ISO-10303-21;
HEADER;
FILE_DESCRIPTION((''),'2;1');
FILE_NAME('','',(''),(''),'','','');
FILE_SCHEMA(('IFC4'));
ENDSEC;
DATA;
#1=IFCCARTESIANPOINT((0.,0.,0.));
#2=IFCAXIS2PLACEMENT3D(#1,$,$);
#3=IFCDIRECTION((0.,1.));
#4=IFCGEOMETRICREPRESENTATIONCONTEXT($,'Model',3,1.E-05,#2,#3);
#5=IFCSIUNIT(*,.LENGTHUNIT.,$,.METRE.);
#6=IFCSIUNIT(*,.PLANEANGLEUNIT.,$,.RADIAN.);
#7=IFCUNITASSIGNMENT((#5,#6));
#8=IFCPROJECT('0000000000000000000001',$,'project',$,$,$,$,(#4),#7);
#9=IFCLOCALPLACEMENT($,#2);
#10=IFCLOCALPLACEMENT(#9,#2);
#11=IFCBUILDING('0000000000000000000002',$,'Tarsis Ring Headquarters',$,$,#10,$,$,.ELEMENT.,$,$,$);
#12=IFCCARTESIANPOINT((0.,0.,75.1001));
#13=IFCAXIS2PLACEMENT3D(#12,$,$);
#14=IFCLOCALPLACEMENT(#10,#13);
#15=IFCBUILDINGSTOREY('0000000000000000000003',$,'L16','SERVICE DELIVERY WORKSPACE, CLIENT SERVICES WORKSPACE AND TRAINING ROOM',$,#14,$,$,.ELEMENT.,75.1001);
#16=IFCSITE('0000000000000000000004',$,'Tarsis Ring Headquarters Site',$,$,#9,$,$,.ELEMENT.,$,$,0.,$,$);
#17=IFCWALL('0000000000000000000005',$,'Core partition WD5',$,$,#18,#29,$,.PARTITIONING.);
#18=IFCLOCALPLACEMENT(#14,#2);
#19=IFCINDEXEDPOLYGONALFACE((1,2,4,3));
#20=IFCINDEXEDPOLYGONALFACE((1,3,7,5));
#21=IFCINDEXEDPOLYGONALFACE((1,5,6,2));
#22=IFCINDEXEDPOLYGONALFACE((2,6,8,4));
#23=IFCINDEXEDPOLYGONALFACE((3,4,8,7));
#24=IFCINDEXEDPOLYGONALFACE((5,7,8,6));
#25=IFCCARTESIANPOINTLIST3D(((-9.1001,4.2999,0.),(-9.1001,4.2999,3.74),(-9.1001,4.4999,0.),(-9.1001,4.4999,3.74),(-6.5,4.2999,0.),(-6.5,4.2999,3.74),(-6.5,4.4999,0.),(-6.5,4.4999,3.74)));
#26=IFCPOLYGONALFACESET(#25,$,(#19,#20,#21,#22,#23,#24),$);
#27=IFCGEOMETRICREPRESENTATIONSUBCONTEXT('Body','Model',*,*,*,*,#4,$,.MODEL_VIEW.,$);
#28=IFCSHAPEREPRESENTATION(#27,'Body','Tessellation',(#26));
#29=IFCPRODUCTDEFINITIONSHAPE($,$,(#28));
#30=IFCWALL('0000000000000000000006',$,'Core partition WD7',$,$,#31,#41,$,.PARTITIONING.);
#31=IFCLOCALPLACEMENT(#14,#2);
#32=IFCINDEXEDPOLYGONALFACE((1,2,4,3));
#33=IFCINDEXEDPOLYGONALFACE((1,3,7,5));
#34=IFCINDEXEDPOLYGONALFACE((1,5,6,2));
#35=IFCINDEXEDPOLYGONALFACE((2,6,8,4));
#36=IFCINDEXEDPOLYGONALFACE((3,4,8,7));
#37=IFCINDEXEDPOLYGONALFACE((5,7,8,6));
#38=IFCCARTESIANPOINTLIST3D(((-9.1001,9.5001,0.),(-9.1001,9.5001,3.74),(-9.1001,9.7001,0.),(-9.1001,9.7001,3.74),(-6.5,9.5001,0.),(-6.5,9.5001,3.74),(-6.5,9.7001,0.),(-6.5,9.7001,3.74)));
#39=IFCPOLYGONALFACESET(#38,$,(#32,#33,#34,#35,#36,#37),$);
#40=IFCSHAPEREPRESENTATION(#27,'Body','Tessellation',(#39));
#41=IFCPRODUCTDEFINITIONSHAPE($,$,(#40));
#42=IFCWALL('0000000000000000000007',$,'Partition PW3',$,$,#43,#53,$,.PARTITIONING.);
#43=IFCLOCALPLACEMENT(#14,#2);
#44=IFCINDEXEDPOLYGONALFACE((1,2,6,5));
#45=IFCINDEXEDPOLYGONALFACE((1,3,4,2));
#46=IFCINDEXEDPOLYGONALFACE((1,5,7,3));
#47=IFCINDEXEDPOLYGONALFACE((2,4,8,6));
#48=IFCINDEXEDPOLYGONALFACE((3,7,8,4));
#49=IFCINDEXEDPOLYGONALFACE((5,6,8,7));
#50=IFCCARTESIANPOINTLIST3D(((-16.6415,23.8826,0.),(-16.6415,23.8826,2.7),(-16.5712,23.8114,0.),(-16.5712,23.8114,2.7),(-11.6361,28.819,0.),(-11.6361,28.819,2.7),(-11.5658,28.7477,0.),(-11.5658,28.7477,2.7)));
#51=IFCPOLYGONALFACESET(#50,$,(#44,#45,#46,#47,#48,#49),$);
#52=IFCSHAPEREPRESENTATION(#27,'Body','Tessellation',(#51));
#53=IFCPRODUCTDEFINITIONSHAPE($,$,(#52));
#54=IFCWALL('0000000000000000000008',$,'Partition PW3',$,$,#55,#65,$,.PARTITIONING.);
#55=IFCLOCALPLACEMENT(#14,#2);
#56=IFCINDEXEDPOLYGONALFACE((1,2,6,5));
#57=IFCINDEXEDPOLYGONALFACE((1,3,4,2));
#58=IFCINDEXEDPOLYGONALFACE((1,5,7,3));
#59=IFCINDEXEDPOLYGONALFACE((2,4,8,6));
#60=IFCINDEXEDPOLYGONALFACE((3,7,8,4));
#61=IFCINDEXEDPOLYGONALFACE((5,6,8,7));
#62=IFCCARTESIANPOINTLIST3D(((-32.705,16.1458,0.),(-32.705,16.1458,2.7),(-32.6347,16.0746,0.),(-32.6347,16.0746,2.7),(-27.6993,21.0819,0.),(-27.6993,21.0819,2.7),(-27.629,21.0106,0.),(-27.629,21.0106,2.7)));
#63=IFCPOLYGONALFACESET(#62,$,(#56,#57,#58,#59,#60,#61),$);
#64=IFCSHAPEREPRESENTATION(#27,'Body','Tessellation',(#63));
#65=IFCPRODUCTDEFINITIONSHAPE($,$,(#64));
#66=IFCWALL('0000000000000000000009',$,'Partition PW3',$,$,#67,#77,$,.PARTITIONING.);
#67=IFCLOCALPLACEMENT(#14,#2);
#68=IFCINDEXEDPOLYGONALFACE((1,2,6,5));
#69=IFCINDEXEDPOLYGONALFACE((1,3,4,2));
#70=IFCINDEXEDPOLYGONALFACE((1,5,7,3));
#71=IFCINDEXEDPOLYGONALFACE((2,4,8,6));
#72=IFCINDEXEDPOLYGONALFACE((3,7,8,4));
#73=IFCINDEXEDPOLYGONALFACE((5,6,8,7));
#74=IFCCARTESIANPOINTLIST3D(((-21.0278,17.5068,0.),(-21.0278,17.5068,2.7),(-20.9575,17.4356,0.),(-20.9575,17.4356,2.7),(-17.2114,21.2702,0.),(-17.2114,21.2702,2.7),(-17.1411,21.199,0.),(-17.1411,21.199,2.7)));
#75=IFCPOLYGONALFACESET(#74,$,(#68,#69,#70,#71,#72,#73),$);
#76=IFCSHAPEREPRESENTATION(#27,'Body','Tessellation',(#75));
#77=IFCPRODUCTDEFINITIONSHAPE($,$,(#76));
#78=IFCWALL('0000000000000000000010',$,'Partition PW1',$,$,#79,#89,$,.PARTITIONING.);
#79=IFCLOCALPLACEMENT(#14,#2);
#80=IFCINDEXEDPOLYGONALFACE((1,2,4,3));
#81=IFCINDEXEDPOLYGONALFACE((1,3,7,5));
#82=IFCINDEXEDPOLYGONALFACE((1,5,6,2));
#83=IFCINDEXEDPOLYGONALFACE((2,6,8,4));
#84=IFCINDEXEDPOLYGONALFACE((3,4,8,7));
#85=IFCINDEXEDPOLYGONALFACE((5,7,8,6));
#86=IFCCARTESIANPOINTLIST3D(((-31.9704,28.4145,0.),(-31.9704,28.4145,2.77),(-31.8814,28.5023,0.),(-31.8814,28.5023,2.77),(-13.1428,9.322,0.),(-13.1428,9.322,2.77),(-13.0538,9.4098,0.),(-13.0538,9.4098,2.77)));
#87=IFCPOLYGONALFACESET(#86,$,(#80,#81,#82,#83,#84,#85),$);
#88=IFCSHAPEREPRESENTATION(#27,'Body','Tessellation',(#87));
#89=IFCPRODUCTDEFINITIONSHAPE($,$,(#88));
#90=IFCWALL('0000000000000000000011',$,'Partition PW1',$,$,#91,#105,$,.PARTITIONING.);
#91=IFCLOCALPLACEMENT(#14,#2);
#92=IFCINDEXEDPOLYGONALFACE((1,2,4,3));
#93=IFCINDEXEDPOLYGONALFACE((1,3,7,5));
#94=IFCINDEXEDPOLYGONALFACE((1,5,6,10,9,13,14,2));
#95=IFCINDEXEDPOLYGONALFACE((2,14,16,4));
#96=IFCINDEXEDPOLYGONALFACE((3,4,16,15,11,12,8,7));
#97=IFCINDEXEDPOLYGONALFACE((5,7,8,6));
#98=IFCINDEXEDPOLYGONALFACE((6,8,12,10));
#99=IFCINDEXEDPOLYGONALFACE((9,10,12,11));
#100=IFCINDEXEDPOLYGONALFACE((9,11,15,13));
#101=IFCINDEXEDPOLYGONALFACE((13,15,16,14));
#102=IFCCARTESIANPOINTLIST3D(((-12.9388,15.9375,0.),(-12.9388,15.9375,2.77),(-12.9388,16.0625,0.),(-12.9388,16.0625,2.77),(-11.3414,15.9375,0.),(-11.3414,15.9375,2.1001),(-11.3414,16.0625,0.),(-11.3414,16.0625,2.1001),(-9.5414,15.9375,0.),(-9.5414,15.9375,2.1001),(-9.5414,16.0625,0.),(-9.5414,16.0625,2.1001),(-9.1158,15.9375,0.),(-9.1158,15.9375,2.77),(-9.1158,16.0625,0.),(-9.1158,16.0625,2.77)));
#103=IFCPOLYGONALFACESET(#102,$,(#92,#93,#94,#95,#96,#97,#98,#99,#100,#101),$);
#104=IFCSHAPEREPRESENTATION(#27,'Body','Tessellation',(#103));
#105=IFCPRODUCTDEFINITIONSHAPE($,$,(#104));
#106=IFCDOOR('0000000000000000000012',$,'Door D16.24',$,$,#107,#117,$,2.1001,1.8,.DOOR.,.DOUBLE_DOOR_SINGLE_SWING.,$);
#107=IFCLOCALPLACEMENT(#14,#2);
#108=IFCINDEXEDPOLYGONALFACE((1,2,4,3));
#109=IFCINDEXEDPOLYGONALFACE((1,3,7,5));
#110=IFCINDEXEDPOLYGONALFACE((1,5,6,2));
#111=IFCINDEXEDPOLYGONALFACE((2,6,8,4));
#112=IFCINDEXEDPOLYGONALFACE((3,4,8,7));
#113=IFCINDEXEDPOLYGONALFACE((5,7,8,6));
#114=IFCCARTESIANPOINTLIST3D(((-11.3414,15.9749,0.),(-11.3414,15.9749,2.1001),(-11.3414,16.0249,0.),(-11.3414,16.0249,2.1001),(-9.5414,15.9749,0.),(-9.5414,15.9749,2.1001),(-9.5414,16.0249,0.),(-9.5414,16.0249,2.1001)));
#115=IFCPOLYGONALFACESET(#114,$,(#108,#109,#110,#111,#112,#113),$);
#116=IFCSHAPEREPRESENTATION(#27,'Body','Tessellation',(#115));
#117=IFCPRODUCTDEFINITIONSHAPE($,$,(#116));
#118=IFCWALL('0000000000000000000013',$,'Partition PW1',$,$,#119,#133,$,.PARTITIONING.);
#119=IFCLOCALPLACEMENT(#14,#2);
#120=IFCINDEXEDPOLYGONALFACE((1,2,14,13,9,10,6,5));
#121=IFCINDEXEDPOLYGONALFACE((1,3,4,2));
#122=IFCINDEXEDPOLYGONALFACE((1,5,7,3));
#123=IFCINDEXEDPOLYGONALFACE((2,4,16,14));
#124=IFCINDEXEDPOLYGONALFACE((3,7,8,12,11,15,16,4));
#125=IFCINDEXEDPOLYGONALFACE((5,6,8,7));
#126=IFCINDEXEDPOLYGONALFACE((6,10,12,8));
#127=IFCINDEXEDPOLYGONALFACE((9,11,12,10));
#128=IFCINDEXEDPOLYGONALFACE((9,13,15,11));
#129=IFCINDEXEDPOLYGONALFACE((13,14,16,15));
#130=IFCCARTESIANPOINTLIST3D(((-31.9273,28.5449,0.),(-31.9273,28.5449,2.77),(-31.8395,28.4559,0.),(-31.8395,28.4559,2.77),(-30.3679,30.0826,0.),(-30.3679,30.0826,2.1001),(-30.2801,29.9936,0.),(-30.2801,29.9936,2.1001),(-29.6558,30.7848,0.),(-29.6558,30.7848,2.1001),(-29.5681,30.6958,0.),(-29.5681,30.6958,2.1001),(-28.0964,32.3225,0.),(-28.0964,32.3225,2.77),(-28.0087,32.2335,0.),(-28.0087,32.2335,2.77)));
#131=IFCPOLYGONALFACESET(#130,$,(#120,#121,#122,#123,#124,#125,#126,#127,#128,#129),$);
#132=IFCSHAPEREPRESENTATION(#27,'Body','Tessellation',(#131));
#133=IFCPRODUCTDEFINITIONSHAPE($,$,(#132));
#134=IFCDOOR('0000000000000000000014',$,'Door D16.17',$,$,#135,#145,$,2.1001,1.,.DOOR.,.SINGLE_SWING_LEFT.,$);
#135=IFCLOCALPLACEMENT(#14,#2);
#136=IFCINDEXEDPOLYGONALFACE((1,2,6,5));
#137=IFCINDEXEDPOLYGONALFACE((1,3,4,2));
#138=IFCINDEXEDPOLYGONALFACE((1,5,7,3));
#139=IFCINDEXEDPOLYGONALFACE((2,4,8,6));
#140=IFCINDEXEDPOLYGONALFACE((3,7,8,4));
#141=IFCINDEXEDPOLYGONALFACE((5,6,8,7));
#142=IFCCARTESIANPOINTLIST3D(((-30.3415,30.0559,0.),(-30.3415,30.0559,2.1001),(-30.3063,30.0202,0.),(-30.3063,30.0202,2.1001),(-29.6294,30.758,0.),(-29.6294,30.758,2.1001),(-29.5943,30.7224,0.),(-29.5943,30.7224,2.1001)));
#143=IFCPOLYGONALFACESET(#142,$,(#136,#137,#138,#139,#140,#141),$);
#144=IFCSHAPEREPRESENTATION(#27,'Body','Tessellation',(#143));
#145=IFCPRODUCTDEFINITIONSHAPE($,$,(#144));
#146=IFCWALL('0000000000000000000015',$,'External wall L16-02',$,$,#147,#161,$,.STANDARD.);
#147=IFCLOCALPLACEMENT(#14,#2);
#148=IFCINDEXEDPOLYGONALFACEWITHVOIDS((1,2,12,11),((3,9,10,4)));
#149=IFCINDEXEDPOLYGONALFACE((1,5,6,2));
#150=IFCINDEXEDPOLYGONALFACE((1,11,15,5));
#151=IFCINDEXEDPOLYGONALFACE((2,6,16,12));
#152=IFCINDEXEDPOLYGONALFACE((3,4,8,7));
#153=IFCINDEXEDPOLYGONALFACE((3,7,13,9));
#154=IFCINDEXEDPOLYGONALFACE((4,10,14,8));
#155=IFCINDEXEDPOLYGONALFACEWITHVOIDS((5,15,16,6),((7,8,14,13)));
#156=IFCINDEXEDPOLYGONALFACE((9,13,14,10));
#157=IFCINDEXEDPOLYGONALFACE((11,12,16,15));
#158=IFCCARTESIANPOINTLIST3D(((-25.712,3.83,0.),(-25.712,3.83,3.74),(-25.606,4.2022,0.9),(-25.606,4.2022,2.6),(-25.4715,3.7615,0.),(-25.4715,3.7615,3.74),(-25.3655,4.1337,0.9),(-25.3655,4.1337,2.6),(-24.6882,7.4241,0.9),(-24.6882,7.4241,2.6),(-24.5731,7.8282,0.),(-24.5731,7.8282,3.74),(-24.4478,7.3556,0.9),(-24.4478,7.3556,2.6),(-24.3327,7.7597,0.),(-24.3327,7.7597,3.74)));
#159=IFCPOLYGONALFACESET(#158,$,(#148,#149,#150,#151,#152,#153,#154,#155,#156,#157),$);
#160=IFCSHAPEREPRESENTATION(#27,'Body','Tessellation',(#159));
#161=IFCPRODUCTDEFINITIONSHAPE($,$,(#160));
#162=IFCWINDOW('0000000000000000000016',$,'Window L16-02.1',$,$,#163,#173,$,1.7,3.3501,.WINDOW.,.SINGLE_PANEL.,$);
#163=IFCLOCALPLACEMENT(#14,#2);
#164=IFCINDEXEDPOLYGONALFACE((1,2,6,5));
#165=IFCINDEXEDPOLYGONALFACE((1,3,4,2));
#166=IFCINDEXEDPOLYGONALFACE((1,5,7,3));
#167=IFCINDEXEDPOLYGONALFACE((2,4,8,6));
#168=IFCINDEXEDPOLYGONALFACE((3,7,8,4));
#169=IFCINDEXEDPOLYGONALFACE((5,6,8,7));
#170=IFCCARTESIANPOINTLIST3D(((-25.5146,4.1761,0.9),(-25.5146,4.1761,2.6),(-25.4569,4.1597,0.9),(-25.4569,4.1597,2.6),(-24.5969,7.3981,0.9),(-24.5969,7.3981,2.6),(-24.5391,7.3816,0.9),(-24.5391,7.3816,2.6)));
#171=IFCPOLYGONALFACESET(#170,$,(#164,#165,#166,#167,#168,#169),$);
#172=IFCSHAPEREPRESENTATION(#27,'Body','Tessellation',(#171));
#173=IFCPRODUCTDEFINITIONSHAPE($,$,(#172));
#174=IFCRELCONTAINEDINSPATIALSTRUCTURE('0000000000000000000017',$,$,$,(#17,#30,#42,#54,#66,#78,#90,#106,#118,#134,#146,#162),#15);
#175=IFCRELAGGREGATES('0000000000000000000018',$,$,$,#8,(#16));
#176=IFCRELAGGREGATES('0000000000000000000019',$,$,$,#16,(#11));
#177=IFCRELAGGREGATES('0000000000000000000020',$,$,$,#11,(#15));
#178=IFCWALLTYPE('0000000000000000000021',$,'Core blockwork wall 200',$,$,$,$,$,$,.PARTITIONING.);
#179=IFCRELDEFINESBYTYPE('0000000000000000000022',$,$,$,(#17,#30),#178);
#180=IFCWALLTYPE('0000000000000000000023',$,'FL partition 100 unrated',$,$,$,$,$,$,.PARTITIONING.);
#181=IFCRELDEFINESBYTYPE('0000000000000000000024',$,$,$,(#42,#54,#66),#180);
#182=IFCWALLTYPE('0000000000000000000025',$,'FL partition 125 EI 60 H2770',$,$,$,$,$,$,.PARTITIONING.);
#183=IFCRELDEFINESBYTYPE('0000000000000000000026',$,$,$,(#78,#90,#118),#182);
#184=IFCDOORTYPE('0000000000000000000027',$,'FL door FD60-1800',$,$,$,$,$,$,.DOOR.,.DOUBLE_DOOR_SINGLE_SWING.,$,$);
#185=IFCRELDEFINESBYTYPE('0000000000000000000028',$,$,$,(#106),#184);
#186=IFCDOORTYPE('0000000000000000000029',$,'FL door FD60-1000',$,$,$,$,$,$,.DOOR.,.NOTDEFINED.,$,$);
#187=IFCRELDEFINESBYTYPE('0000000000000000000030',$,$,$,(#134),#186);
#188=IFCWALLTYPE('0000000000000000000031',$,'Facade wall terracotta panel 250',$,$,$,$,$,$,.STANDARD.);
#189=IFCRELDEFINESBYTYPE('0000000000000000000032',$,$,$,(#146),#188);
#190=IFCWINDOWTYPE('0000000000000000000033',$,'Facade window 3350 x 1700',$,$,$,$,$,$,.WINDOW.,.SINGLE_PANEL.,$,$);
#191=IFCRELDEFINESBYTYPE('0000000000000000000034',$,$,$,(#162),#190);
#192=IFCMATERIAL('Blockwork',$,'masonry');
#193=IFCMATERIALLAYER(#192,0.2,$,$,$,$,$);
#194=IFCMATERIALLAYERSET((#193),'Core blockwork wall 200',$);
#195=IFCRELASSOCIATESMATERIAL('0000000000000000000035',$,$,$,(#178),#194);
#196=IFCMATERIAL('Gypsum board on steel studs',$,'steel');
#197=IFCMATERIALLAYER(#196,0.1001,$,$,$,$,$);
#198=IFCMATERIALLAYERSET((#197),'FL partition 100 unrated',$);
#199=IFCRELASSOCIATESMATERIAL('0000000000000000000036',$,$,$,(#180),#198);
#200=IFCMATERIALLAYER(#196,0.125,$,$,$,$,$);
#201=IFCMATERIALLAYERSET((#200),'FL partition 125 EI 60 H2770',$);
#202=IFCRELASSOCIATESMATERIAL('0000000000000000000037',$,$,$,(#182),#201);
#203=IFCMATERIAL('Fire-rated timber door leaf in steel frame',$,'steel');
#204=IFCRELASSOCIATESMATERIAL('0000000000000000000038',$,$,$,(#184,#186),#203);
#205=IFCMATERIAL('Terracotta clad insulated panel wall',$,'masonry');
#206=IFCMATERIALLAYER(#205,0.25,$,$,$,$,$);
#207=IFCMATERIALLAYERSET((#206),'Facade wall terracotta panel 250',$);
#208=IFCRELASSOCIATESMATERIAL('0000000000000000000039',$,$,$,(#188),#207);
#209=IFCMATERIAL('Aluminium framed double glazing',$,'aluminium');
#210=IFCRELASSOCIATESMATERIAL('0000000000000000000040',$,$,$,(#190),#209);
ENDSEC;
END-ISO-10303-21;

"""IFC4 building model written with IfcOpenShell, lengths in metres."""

from ifc_helpers import new_model, si_unit, direction, frame, frame_2d, origin, place, context, subcontext, project, spatial, rectangle, extrude, material, layer, layer_set, type_object, element, fill, save


model = new_model("IFC4")

# Units and contexts
model_context = context("Model", 3, precision=1e-05, world=origin(), true_north=direction((0.0, 1.0)))
body_context = subcontext(model_context, "Body", "Model", "MODEL_VIEW")
ifc_project = project(units=[si_unit("LENGTHUNIT", "METRE"), si_unit("PLANEANGLEUNIT", "RADIAN")], contexts=[model_context])

# Site, building, storey
site_placement = place(None, origin())
site = spatial("IfcSite", under=ifc_project, at=site_placement, Name="Tarsis Ring Headquarters Site", CompositionType="ELEMENT", RefElevation=0.0)
building_placement = place(site_placement, origin())
building = spatial("IfcBuilding", under=site, at=building_placement, Name="Tarsis Ring Headquarters", CompositionType="ELEMENT")
storey_placement = place(building_placement, frame((0.0, 0.0, 75.1001)))
storey = spatial("IfcBuildingStorey", under=building, at=storey_placement, Name="L16", Description="SERVICE DELIVERY WORKSPACE, CLIENT SERVICES WORKSPACE AND TRAINING ROOM", CompositionType="ELEMENT", Elevation=75.1001)

# Walls
ifc_material_1 = material(Name="Blockwork", Category="masonry")
ifc_layer_1 = layer(ifc_material_1, 0.2)
ifc_layer_set_1 = layer_set([ifc_layer_1], Name="Core blockwork wall 200")
wall_type_1 = type_object("IfcWallType", Name="Core blockwork wall 200", PredefinedType="PARTITIONING", material=ifc_layer_set_1)
for number, where, z_axis, x_axis, name in (
    (1, (-9.1001, 4.3999, 0.0), (0.0, 0.0, 1.0), (1.0, 0.0, 0.0), "Core partition WD5"),
    (2, (-9.1001, 9.6001, 0.0), (0.0, 0.0, 1.0), (1.0, 0.0, 0.0), "Core partition WD7"),
):
    element("IfcWall", number, at=place(storey_placement, frame(where, z_axis=z_axis, x_axis=x_axis)), inside=storey, type_object=wall_type_1, Name=name, PredefinedType="PARTITIONING", context=body_context, shape_type="SweptSolid", body=[
        extrude(rectangle(XDim=2.6001, YDim=0.2, at=frame_2d((1.3, 0.0))), origin(), (0.0, 0.0, 1.0), 3.74),
    ])
ifc_material_2 = material(Name="Gypsum board on steel studs", Category="steel")
ifc_layer_2 = layer(ifc_material_2, 0.1001)
ifc_layer_set_2 = layer_set([ifc_layer_2], Name="FL partition 100 unrated")
wall_type_2 = type_object("IfcWallType", Name="FL partition 100 unrated", PredefinedType="PARTITIONING", material=ifc_layer_set_2)
for number, where, z_axis, x_axis, name in (
    (3, (-16.6064, 23.8469, 0.0), (0.0, 0.0, 1.0), (0.712004, 0.702176, 0.0), "Partition PW3"),
    (4, (-32.6699, 16.1101, 0.0), (0.0, 0.0, 1.0), (0.712038, 0.702141, 0.0), "Partition PW3"),
):
    element("IfcWall", number, at=place(storey_placement, frame(where, z_axis=z_axis, x_axis=x_axis)), inside=storey, type_object=wall_type_2, Name=name, PredefinedType="PARTITIONING", context=body_context, shape_type="SweptSolid", body=[
        extrude(rectangle(XDim=7.03, YDim=0.1001, at=frame_2d((3.5151, 0.0))), origin(), (0.0, 0.0, 1.0), 2.7),
    ])
wall_1_placement = place(storey_placement, frame((-20.9927, 17.4712, 0.0), z_axis=(0.0, 0.0, 1.0), x_axis=(0.712032, 0.702147, 0.0)))
element("IfcWall", 5, at=wall_1_placement, inside=storey, type_object=wall_type_2, Name="Partition PW3", PredefinedType="PARTITIONING", context=body_context, shape_type="SweptSolid", body=[
    extrude(rectangle(XDim=5.3599, YDim=0.1001, at=frame_2d((2.6799, 0.0))), origin(), (0.0, 0.0, 1.0), 2.7),
])
ifc_layer_3 = layer(ifc_material_2, 0.125)
ifc_layer_set_3 = layer_set([ifc_layer_3], Name="FL partition 125 EI 60 H2770")
wall_type_3 = type_object("IfcWallType", Name="FL partition 125 EI 60 H2770", PredefinedType="PARTITIONING", material=ifc_layer_set_3)
wall_2_placement = place(storey_placement, frame((-31.926, 28.4585, 0.0), z_axis=(0.0, 0.0, 1.0), x_axis=(0.70215, -0.712029, 0.0)))
element("IfcWall", 6, at=wall_2_placement, inside=storey, type_object=wall_type_3, Name="Partition PW1", PredefinedType="PARTITIONING", context=body_context, shape_type="SweptSolid", body=[
    extrude(rectangle(XDim=26.8142, YDim=0.125, at=frame_2d((13.4072, 0.0))), origin(), (0.0, 0.0, 1.0), 2.77),
])

# Walls, openings, doors
wall_3_placement = place(storey_placement, frame((-12.939, 16.0, 0.0), z_axis=(0.0, 0.0, 1.0), x_axis=(1.0, 0.0, 0.0)))
wall_3 = element("IfcWall", 7, at=wall_3_placement, inside=storey, type_object=wall_type_3, Name="Partition PW1", PredefinedType="PARTITIONING", context=body_context, shape_type="SweptSolid", body=[
    extrude(rectangle(XDim=3.823, YDim=0.125, at=frame_2d((1.9116, 0.0))), origin(), (0.0, 0.0, 1.0), 2.77),
])
opening_1_placement = place(wall_3_placement, frame((1.5977, 0.0, 0.0)))
opening_1 = element("IfcOpeningElement", 8, at=opening_1_placement, cuts=wall_3, PredefinedType="OPENING", context=body_context, shape_type="SweptSolid", body=[
    extrude(rectangle(XDim=1.8, YDim=2.1001, at=frame_2d((0.8999, 1.05))), frame((0.0, 0.0725, 0.0), z_axis=(0.0, -1.0, 0.0), x_axis=(1.0, 0.0, 0.0)), (0.0, 0.0, 1.0), 0.145),
])
ifc_material_3 = material(Name="Fire-rated timber door leaf in steel frame", Category="steel")
door_type_1 = type_object("IfcDoorType", Name="FL door FD60-1800", OperationType="DOUBLE_DOOR_SINGLE_SWING", PredefinedType="DOOR", material=ifc_material_3)
door_1_placement = place(opening_1_placement, origin())
door_1 = element("IfcDoor", 9, at=door_1_placement, inside=storey, type_object=door_type_1, Name="Door D16.24", OperationType="DOUBLE_DOOR_SINGLE_SWING", OverallHeight=2.1001, OverallWidth=1.8, PredefinedType="DOOR", context=body_context, shape_type="SweptSolid", body=[
    extrude(rectangle(XDim=1.8, YDim=2.1001, at=frame_2d((0.8999, 1.05))), frame((0.0, 0.0249, 0.0), z_axis=(0.0, -1.0, 0.0), x_axis=(1.0, 0.0, 0.0)), (0.0, 0.0, 1.0), 0.05),
])
fill(opening_1, door_1)
wall_4_placement = place(storey_placement, frame((-31.8833, 28.5005, 0.0), z_axis=(0.0, 0.0, 1.0), x_axis=(0.712036, 0.702143, 0.0)))
wall_4 = element("IfcWall", 10, at=wall_4_placement, inside=storey, type_object=wall_type_3, Name="Partition PW1", PredefinedType="PARTITIONING", context=body_context, shape_type="SweptSolid", body=[
    extrude(rectangle(XDim=5.3801, YDim=0.125, at=frame_2d((2.6899, 0.0))), origin(), (0.0, 0.0, 1.0), 2.77),
])
opening_2_placement = place(wall_4_placement, frame((2.1899, 0.0, 0.0)))
opening_2 = element("IfcOpeningElement", 11, at=opening_2_placement, cuts=wall_4, PredefinedType="OPENING", context=body_context, shape_type="SweptSolid", body=[
    extrude(rectangle(XDim=1.0, YDim=2.1001, at=frame_2d((0.5, 1.05))), frame((0.0, 0.0725, 0.0), z_axis=(0.0, -1.0, 0.0), x_axis=(1.0, 0.0, 0.0)), (0.0, 0.0, 1.0), 0.145),
])
door_type_2 = type_object("IfcDoorType", Name="FL door FD60-1000", OperationType="NOTDEFINED", PredefinedType="DOOR", material=ifc_material_3)
door_2_placement = place(opening_2_placement, origin())
door_2 = element("IfcDoor", 12, at=door_2_placement, inside=storey, type_object=door_type_2, Name="Door D16.17", OperationType="SINGLE_SWING_LEFT", OverallHeight=2.1001, OverallWidth=1.0, PredefinedType="DOOR", context=body_context, shape_type="SweptSolid", body=[
    extrude(rectangle(XDim=1.0, YDim=2.1001, at=frame_2d((0.5, 1.05))), frame((0.0, 0.0249, 0.0), z_axis=(0.0, -1.0, 0.0), x_axis=(1.0, 0.0, 0.0)), (0.0, 0.0, 1.0), 0.05),
])
fill(opening_2, door_2)

# Wall, opening, window
ifc_material_4 = material(Name="Terracotta clad insulated panel wall", Category="masonry")
ifc_layer_4 = layer(ifc_material_4, 0.25)
ifc_layer_set_4 = layer_set([ifc_layer_4], Name="Facade wall terracotta panel 250")
wall_type_4 = type_object("IfcWallType", Name="Facade wall terracotta panel 250", PredefinedType="STANDARD", material=ifc_layer_set_4)
wall_5_placement = place(storey_placement, frame((-24.4529, 7.7939, 0.0), z_axis=(0.0, 0.0, 1.0), x_axis=(-0.273953, -0.961743, 0.0)))
wall_5 = element("IfcWall", 13, at=wall_5_placement, inside=storey, type_object=wall_type_4, Name="External wall L16-02", PredefinedType="STANDARD", context=body_context, shape_type="SweptSolid", body=[
    extrude(rectangle(XDim=4.1572, YDim=0.25, at=frame_2d((2.0786, 0.0))), origin(), (0.0, 0.0, 1.0), 3.74),
])
opening_3_placement = place(wall_5_placement, frame((0.4202, 0.0, 0.8999)))
opening_3 = element("IfcOpeningElement", 14, at=opening_3_placement, cuts=wall_5, PredefinedType="OPENING", context=body_context, shape_type="SweptSolid", body=[
    extrude(rectangle(XDim=3.3501, YDim=1.7, at=frame_2d((1.675, 0.8501))), frame((0.0, 0.135, 0.0), z_axis=(0.0, -1.0, 0.0), x_axis=(1.0, 0.0, 0.0)), (0.0, 0.0, 1.0), 0.27),
])
ifc_material_5 = material(Name="Aluminium framed double glazing", Category="aluminium")
window_type_1 = type_object("IfcWindowType", Name="Facade window 3350 x 1700", PartitioningType="SINGLE_PANEL", PredefinedType="WINDOW", material=ifc_material_5)
window_1_placement = place(opening_3_placement, origin())
window_1 = element("IfcWindow", 15, at=window_1_placement, inside=storey, type_object=window_type_1, Name="Window L16-02.1", OverallHeight=1.7, OverallWidth=3.3501, PartitioningType="SINGLE_PANEL", PredefinedType="WINDOW", context=body_context, shape_type="SweptSolid", body=[
    extrude(rectangle(XDim=3.3501, YDim=1.7, at=frame_2d((1.675, 0.8501))), frame((0.0, 0.03, 0.0), z_axis=(0.0, -1.0, 0.0), x_axis=(1.0, 0.0, 0.0)), (0.0, 0.0, 1.0), 0.0601),
])
fill(opening_3, window_1)

save(model, "model.ifc")
